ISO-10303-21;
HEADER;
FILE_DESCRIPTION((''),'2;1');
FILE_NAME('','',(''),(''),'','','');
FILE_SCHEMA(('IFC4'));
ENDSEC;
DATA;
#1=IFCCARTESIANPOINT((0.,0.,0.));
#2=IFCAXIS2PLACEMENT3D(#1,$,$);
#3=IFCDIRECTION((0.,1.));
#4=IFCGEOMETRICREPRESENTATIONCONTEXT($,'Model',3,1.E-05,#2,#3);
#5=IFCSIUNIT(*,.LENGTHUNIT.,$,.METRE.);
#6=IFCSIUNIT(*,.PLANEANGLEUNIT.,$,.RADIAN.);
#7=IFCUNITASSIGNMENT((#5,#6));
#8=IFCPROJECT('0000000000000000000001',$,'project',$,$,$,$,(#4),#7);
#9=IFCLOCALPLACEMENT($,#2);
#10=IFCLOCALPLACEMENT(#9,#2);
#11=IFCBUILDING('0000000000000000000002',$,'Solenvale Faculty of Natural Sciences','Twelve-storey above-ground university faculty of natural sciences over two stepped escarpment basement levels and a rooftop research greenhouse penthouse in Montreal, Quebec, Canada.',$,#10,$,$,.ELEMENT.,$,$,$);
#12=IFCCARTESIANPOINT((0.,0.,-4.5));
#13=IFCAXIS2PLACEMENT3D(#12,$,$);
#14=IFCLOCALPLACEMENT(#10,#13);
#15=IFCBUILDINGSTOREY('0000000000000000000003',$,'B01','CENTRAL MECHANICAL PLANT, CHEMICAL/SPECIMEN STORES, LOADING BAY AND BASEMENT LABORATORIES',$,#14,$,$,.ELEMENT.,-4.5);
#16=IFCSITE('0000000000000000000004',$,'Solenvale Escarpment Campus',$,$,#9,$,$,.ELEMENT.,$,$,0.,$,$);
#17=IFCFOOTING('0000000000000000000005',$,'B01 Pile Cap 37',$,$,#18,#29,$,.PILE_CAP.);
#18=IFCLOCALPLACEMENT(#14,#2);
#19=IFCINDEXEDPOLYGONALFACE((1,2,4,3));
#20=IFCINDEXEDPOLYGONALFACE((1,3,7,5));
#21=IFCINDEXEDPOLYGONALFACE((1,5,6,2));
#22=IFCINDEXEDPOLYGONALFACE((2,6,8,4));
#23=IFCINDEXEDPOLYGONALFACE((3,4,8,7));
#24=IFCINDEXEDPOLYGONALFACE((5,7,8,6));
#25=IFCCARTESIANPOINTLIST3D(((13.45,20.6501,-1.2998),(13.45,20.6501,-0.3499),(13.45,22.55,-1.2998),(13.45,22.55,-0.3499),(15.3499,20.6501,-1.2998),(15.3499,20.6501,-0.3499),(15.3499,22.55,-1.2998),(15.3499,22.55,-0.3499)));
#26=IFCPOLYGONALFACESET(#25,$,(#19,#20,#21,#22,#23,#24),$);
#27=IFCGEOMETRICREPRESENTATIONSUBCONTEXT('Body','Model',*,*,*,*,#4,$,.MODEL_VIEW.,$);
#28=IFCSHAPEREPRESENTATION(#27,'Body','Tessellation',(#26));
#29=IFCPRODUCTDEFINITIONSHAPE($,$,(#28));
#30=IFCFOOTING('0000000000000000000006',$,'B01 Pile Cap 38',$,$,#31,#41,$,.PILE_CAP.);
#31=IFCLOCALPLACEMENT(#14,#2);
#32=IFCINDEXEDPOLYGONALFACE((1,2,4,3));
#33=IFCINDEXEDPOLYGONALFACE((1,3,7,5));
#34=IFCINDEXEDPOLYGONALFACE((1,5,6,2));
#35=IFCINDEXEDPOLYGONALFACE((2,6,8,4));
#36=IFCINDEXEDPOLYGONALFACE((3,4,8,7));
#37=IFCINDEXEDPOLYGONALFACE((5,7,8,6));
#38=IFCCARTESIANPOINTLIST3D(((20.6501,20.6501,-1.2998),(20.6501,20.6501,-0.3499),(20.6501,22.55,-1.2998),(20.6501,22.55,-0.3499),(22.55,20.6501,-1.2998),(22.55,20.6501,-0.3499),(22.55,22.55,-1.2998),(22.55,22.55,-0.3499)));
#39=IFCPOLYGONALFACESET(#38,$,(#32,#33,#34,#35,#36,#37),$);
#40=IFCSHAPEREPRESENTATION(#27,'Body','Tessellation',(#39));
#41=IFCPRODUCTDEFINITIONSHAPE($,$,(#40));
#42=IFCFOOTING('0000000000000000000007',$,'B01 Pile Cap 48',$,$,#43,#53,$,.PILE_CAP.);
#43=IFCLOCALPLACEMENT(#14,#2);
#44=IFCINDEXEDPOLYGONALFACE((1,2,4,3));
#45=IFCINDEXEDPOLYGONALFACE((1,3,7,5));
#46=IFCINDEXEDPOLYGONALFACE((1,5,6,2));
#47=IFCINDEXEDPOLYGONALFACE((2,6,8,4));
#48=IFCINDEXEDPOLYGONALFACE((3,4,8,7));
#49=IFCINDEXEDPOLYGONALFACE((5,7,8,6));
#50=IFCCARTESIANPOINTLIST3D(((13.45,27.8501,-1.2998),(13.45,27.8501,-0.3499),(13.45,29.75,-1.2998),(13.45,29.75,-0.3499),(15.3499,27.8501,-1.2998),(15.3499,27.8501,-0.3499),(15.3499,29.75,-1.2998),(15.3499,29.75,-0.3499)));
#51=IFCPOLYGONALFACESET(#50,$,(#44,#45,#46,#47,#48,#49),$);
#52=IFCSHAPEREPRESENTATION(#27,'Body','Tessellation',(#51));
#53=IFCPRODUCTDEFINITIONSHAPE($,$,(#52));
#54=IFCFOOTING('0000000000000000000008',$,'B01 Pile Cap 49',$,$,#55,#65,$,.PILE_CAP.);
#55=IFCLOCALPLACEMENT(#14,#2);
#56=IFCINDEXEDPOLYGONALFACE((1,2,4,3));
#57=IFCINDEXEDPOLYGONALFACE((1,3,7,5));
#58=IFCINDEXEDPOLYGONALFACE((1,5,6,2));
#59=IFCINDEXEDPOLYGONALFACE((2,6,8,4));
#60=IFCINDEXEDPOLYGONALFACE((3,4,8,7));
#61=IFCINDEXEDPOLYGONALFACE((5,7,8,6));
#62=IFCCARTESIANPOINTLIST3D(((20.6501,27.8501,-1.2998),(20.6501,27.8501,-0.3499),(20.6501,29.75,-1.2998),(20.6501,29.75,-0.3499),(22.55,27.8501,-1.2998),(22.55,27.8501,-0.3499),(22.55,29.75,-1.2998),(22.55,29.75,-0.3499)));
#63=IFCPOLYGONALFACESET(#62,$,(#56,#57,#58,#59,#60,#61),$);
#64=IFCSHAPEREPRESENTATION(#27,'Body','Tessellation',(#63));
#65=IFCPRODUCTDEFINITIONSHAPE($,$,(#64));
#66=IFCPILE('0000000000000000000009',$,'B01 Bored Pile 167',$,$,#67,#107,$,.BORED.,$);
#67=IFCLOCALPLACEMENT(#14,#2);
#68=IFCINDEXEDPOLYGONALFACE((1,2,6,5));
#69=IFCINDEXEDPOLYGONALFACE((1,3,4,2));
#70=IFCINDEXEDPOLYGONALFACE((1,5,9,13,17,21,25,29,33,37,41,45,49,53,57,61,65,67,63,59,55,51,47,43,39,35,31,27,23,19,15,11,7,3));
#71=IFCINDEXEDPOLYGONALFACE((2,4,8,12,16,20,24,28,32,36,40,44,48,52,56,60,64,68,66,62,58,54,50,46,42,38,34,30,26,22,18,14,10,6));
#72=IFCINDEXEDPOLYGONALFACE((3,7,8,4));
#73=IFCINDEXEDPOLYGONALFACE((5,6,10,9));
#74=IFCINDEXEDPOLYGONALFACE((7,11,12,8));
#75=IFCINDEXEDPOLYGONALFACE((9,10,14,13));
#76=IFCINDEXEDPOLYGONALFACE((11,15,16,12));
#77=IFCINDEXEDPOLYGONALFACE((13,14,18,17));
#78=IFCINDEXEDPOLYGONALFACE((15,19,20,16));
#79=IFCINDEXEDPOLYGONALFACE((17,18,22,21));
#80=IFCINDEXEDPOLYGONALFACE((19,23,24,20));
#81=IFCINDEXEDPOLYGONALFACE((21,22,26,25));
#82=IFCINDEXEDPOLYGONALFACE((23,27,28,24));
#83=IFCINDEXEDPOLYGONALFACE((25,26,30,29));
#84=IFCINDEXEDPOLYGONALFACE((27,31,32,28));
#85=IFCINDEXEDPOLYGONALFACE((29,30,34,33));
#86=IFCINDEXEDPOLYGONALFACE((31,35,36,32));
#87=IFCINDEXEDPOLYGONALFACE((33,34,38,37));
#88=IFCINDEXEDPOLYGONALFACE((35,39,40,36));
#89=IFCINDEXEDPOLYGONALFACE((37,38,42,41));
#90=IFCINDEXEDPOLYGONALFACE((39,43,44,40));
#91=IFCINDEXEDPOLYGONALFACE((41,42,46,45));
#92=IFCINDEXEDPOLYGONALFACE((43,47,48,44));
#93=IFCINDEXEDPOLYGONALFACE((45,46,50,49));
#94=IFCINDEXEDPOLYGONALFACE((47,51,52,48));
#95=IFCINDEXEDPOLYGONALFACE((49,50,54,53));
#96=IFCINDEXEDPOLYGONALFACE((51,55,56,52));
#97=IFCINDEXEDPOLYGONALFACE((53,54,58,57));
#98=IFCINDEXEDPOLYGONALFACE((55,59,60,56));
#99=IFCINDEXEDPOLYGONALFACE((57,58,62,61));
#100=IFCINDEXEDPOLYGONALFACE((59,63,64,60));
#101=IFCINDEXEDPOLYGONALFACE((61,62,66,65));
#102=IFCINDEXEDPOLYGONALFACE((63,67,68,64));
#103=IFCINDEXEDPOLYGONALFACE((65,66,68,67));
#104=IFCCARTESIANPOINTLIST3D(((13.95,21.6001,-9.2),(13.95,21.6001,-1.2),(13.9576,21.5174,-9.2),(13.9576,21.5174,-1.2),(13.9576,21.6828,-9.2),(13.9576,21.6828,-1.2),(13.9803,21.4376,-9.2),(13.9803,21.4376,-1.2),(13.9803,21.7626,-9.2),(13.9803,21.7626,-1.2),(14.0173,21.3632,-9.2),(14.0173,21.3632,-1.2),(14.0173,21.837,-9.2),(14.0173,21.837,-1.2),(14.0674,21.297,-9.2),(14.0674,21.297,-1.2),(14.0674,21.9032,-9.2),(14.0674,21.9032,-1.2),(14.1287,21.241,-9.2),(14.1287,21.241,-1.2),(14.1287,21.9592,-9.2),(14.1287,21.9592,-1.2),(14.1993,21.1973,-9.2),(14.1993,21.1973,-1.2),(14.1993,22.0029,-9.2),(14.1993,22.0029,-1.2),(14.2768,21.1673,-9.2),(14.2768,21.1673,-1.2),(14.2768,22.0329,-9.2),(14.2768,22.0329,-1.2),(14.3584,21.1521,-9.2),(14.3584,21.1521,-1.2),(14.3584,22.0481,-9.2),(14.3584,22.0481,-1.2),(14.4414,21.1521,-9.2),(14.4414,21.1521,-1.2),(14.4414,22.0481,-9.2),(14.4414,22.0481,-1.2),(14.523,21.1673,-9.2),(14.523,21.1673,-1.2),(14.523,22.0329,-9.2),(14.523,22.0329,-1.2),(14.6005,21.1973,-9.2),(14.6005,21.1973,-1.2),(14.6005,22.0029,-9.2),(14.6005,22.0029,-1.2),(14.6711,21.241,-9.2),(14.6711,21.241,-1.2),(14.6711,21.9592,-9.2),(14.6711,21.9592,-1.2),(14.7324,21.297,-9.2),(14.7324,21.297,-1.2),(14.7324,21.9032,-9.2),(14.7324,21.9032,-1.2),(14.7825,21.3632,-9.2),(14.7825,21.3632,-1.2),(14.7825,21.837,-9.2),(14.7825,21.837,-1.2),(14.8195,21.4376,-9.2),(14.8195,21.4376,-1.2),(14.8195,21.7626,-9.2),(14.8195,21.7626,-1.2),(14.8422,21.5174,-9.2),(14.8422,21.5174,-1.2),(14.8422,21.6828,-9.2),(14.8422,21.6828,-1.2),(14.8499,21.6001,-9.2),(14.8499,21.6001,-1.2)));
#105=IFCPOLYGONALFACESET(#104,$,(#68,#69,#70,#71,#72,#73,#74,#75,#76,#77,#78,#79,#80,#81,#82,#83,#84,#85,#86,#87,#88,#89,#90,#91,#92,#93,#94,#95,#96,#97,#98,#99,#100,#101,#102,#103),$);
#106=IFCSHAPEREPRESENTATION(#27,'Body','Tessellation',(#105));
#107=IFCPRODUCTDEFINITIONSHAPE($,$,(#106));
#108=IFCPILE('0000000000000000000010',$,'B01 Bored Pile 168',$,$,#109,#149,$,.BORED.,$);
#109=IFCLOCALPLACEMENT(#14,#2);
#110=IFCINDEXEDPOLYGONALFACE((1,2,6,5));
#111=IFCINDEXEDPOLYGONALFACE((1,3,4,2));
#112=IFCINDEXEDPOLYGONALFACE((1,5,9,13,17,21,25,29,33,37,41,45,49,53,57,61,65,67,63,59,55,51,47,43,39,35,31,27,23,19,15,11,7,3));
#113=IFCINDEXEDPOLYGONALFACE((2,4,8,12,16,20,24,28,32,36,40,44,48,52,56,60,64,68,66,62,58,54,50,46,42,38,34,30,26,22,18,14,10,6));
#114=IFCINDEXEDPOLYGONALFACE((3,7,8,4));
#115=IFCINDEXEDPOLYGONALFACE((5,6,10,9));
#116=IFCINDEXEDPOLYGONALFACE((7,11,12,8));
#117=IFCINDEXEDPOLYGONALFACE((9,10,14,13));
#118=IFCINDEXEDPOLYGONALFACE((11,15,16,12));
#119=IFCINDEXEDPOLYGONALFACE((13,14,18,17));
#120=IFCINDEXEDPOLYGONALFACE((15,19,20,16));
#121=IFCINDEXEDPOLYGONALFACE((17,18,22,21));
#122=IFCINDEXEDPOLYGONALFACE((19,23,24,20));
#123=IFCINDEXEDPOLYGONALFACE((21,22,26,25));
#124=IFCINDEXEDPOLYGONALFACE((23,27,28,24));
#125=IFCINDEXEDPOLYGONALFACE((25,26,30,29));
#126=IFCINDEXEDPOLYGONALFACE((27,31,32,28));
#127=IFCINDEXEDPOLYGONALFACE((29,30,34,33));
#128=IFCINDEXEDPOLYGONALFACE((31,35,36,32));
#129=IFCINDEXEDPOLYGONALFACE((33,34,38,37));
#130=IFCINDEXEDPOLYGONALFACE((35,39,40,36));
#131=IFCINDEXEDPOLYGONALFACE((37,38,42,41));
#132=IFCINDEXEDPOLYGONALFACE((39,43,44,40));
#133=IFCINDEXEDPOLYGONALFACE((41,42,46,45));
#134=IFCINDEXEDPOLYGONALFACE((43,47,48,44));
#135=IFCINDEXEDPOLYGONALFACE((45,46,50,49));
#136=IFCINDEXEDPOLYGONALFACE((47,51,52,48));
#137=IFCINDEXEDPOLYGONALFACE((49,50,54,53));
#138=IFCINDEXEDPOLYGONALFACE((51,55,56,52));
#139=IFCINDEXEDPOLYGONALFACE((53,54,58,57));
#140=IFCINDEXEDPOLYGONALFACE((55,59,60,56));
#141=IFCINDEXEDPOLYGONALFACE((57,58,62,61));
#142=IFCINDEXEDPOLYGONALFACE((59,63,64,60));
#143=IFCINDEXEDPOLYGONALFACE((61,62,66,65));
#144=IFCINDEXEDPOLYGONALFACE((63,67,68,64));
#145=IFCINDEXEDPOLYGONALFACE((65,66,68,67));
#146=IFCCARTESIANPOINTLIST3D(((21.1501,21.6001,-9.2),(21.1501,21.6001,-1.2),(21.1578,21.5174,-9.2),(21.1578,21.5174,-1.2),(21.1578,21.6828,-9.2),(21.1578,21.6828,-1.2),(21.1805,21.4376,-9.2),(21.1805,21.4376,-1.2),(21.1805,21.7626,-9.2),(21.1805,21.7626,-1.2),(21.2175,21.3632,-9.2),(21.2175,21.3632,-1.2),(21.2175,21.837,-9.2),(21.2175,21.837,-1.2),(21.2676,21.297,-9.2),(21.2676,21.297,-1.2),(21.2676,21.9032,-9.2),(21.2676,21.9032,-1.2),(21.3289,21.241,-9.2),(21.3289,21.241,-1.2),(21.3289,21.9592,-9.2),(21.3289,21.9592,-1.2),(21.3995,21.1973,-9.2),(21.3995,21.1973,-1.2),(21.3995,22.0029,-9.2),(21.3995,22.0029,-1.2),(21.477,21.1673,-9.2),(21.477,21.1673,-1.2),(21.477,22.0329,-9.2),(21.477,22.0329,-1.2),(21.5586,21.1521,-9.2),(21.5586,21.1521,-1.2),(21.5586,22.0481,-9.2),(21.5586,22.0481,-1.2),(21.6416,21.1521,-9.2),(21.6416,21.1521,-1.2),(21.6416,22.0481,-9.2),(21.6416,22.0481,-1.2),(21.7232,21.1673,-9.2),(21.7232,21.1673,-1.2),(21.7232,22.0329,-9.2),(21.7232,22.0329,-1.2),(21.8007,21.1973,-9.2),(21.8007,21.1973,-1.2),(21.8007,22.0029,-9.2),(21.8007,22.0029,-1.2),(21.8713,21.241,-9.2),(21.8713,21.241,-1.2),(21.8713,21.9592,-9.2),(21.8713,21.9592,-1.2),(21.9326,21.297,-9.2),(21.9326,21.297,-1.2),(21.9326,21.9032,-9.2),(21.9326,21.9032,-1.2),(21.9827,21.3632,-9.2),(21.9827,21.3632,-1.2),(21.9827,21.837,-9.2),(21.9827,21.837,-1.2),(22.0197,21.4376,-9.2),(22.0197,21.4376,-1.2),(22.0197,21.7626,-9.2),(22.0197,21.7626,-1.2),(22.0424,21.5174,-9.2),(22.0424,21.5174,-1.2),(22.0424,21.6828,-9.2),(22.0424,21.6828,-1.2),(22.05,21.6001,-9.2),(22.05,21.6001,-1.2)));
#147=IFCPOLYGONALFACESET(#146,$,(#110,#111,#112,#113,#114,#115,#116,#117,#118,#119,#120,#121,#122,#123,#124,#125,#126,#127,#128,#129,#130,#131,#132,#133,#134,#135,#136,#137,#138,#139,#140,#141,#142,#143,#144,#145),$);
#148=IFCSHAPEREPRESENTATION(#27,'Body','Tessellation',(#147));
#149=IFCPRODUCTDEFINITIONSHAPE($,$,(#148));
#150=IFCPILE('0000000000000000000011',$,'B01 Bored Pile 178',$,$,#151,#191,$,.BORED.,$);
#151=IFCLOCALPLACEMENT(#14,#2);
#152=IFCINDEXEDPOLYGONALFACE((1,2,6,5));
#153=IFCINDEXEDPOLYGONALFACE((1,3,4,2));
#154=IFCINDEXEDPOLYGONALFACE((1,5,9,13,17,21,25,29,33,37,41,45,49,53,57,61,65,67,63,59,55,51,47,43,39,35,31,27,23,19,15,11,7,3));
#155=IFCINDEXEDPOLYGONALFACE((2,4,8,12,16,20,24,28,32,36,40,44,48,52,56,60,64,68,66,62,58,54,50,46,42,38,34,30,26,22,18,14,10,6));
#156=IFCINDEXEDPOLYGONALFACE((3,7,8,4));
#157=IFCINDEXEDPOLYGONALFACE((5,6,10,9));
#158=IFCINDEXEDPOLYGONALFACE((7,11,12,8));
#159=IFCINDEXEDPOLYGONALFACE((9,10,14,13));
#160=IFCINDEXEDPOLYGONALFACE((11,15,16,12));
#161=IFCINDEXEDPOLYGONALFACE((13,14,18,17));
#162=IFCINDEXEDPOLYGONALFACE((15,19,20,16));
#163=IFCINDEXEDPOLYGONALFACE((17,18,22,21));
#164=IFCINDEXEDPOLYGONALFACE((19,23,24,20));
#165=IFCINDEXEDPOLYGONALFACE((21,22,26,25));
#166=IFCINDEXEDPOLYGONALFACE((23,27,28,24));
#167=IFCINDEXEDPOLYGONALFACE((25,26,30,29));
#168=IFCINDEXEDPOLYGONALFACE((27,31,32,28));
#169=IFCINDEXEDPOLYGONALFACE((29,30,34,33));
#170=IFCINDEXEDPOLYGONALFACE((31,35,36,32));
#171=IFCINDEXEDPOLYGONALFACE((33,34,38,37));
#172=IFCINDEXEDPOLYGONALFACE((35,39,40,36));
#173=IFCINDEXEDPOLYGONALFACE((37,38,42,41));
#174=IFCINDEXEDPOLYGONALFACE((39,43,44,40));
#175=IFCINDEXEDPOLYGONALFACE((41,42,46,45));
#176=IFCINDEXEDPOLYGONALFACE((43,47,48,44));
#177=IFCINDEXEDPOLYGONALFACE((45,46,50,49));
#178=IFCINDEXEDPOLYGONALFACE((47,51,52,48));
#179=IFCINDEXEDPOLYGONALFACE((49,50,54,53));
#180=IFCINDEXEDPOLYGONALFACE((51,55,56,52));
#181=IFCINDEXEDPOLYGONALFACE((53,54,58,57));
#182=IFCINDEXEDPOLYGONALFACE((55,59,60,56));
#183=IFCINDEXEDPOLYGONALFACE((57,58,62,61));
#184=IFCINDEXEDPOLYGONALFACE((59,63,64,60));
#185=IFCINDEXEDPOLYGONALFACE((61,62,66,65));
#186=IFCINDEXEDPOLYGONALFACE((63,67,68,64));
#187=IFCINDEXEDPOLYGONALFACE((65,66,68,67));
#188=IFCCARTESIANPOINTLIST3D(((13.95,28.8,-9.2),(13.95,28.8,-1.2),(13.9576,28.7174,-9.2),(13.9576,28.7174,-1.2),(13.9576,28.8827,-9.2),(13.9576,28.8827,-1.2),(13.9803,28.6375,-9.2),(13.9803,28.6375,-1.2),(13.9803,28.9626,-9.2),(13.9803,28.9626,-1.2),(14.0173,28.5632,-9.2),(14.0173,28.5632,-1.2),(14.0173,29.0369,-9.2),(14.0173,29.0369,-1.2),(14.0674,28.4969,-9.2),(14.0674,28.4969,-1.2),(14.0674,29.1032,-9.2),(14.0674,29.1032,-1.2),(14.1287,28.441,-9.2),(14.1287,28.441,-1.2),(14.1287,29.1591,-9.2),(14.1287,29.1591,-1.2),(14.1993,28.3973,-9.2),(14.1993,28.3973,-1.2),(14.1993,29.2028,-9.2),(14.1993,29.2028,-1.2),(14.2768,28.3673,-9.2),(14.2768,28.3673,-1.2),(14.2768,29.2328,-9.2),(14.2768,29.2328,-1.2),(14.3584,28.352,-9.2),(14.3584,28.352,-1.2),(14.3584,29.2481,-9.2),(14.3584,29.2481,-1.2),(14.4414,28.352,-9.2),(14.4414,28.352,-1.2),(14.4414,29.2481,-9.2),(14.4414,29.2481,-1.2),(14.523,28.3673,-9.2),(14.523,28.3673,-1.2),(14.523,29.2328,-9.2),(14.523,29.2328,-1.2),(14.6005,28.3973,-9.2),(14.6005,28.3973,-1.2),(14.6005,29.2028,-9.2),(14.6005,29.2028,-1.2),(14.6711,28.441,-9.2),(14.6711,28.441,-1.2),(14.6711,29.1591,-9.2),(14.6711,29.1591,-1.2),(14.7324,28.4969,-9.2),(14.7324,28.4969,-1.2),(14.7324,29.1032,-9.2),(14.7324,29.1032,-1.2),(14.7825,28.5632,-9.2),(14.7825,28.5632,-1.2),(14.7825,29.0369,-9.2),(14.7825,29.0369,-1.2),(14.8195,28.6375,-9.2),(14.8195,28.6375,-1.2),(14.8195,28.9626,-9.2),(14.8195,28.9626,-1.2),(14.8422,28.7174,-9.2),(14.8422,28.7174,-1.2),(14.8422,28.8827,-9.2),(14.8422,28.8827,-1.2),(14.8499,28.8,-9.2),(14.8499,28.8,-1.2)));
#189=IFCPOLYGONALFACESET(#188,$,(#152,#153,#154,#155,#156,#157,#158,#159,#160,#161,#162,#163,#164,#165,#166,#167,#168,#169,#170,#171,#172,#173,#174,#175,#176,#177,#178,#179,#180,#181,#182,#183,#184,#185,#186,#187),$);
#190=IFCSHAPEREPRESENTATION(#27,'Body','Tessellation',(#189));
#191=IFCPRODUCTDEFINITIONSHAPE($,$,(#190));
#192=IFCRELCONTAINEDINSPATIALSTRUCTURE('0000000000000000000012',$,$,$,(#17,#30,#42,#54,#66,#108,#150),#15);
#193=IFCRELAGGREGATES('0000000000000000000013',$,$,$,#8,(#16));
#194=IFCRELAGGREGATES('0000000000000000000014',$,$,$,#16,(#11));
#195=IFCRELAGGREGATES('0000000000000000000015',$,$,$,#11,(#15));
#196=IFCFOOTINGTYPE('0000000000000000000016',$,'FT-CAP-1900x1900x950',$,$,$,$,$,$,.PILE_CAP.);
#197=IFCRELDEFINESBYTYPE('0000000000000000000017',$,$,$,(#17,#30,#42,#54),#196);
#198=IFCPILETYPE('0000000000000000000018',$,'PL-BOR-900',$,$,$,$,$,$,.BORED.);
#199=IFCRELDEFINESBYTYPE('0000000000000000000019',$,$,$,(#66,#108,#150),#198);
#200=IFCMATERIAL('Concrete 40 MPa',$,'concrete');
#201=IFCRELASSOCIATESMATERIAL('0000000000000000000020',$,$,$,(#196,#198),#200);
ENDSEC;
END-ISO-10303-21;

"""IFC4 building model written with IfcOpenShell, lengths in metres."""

from ifc_helpers import new_model, si_unit, direction, frame, origin, origin_2d, place, context, subcontext, project, spatial, rectangle, circle, extrude, material, material_profile, profile_set, type_object, element, save


model = new_model("IFC4")

# Units and contexts
model_context = context("Model", 3, precision=1e-05, world=origin(), true_north=direction((0.0, 1.0)))
body_context = subcontext(model_context, "Body", "Model", "MODEL_VIEW")
ifc_project = project(units=[si_unit("LENGTHUNIT", "METRE"), si_unit("PLANEANGLEUNIT", "RADIAN")], contexts=[model_context])

# Site, building, storey
site_placement = place(None, origin())
site = spatial("IfcSite", under=ifc_project, at=site_placement, Name="Solenvale Escarpment Campus", CompositionType="ELEMENT", RefElevation=0.0)
building_placement = place(site_placement, origin())
building = spatial("IfcBuilding", under=site, at=building_placement, Name="Solenvale Faculty of Natural Sciences", Description="Twelve-storey above-ground university faculty of natural sciences over two stepped escarpment basement levels and a rooftop research greenhouse penthouse in Montreal, Quebec, Canada.", CompositionType="ELEMENT")
storey_placement = place(building_placement, frame((0.0, 0.0, -4.5)))
storey = spatial("IfcBuildingStorey", under=building, at=storey_placement, Name="B01", Description="CENTRAL MECHANICAL PLANT, CHEMICAL/SPECIMEN STORES, LOADING BAY AND BASEMENT LABORATORIES", CompositionType="ELEMENT", Elevation=-4.5)

# Footings
ifc_material_1 = material(Name="Concrete 40 MPa", Category="concrete")
footing_type = type_object("IfcFootingType", Name="FT-CAP-1900x1900x950", PredefinedType="PILE_CAP", material=ifc_material_1)
for number, where, z_axis, x_axis, name in (
    (1, (14.3999, 21.6001, -1.2998), (0.0, 0.0, 1.0), (1.0, 0.0, 0.0), "B01 Pile Cap 37"),
    (2, (21.6001, 21.6001, -1.2998), (0.0, 0.0, 1.0), (1.0, 0.0, 0.0), "B01 Pile Cap 38"),
    (3, (14.3999, 28.8, -1.2998), (0.0, 0.0, 1.0), (1.0, 0.0, 0.0), "B01 Pile Cap 48"),
    (4, (21.6001, 28.8, -1.2998), (0.0, 0.0, 1.0), (1.0, 0.0, 0.0), "B01 Pile Cap 49"),
):
    element("IfcFooting", number, at=place(storey_placement, frame(where, z_axis=z_axis, x_axis=x_axis)), inside=storey, type_object=footing_type, Name=name, PredefinedType="PILE_CAP", context=body_context, shape_type="SweptSolid", body=[
        extrude(rectangle(XDim=1.8999, YDim=1.8999, at=origin_2d()), origin(), (0.0, 0.0, 1.0), 0.95),
    ])

# Piles
ifc_material_profile_1 = material_profile(ifc_material_1, circle(Radius=0.45, at=origin_2d()), Name="PILE-D900")
ifc_profile_set_1 = profile_set([ifc_material_profile_1], Name="Concrete 40 MPa")
pile_type = type_object("IfcPileType", Name="PL-BOR-900", PredefinedType="BORED", material=ifc_profile_set_1)
for number, where, z_axis, x_axis, name in (
    (5, (14.3999, 21.6001, -1.2), (0.0, 0.0, -1.0), (1.0, 0.0, 0.0), "B01 Bored Pile 167"),
    (6, (21.6001, 21.6001, -1.2), (0.0, 0.0, -1.0), (1.0, 0.0, 0.0), "B01 Bored Pile 168"),
    (7, (14.3999, 28.8, -1.2), (0.0, 0.0, -1.0), (1.0, 0.0, 0.0), "B01 Bored Pile 178"),
):
    element("IfcPile", number, at=place(storey_placement, frame(where, z_axis=z_axis, x_axis=x_axis)), inside=storey, type_object=pile_type, Name=name, PredefinedType="BORED", context=body_context, shape_type="SweptSolid", body=[
        extrude(circle(Radius=0.45, at=origin_2d()), origin(), (0.0, 0.0, 1.0), 8.0),
    ])

save(model, "model.ifc")
